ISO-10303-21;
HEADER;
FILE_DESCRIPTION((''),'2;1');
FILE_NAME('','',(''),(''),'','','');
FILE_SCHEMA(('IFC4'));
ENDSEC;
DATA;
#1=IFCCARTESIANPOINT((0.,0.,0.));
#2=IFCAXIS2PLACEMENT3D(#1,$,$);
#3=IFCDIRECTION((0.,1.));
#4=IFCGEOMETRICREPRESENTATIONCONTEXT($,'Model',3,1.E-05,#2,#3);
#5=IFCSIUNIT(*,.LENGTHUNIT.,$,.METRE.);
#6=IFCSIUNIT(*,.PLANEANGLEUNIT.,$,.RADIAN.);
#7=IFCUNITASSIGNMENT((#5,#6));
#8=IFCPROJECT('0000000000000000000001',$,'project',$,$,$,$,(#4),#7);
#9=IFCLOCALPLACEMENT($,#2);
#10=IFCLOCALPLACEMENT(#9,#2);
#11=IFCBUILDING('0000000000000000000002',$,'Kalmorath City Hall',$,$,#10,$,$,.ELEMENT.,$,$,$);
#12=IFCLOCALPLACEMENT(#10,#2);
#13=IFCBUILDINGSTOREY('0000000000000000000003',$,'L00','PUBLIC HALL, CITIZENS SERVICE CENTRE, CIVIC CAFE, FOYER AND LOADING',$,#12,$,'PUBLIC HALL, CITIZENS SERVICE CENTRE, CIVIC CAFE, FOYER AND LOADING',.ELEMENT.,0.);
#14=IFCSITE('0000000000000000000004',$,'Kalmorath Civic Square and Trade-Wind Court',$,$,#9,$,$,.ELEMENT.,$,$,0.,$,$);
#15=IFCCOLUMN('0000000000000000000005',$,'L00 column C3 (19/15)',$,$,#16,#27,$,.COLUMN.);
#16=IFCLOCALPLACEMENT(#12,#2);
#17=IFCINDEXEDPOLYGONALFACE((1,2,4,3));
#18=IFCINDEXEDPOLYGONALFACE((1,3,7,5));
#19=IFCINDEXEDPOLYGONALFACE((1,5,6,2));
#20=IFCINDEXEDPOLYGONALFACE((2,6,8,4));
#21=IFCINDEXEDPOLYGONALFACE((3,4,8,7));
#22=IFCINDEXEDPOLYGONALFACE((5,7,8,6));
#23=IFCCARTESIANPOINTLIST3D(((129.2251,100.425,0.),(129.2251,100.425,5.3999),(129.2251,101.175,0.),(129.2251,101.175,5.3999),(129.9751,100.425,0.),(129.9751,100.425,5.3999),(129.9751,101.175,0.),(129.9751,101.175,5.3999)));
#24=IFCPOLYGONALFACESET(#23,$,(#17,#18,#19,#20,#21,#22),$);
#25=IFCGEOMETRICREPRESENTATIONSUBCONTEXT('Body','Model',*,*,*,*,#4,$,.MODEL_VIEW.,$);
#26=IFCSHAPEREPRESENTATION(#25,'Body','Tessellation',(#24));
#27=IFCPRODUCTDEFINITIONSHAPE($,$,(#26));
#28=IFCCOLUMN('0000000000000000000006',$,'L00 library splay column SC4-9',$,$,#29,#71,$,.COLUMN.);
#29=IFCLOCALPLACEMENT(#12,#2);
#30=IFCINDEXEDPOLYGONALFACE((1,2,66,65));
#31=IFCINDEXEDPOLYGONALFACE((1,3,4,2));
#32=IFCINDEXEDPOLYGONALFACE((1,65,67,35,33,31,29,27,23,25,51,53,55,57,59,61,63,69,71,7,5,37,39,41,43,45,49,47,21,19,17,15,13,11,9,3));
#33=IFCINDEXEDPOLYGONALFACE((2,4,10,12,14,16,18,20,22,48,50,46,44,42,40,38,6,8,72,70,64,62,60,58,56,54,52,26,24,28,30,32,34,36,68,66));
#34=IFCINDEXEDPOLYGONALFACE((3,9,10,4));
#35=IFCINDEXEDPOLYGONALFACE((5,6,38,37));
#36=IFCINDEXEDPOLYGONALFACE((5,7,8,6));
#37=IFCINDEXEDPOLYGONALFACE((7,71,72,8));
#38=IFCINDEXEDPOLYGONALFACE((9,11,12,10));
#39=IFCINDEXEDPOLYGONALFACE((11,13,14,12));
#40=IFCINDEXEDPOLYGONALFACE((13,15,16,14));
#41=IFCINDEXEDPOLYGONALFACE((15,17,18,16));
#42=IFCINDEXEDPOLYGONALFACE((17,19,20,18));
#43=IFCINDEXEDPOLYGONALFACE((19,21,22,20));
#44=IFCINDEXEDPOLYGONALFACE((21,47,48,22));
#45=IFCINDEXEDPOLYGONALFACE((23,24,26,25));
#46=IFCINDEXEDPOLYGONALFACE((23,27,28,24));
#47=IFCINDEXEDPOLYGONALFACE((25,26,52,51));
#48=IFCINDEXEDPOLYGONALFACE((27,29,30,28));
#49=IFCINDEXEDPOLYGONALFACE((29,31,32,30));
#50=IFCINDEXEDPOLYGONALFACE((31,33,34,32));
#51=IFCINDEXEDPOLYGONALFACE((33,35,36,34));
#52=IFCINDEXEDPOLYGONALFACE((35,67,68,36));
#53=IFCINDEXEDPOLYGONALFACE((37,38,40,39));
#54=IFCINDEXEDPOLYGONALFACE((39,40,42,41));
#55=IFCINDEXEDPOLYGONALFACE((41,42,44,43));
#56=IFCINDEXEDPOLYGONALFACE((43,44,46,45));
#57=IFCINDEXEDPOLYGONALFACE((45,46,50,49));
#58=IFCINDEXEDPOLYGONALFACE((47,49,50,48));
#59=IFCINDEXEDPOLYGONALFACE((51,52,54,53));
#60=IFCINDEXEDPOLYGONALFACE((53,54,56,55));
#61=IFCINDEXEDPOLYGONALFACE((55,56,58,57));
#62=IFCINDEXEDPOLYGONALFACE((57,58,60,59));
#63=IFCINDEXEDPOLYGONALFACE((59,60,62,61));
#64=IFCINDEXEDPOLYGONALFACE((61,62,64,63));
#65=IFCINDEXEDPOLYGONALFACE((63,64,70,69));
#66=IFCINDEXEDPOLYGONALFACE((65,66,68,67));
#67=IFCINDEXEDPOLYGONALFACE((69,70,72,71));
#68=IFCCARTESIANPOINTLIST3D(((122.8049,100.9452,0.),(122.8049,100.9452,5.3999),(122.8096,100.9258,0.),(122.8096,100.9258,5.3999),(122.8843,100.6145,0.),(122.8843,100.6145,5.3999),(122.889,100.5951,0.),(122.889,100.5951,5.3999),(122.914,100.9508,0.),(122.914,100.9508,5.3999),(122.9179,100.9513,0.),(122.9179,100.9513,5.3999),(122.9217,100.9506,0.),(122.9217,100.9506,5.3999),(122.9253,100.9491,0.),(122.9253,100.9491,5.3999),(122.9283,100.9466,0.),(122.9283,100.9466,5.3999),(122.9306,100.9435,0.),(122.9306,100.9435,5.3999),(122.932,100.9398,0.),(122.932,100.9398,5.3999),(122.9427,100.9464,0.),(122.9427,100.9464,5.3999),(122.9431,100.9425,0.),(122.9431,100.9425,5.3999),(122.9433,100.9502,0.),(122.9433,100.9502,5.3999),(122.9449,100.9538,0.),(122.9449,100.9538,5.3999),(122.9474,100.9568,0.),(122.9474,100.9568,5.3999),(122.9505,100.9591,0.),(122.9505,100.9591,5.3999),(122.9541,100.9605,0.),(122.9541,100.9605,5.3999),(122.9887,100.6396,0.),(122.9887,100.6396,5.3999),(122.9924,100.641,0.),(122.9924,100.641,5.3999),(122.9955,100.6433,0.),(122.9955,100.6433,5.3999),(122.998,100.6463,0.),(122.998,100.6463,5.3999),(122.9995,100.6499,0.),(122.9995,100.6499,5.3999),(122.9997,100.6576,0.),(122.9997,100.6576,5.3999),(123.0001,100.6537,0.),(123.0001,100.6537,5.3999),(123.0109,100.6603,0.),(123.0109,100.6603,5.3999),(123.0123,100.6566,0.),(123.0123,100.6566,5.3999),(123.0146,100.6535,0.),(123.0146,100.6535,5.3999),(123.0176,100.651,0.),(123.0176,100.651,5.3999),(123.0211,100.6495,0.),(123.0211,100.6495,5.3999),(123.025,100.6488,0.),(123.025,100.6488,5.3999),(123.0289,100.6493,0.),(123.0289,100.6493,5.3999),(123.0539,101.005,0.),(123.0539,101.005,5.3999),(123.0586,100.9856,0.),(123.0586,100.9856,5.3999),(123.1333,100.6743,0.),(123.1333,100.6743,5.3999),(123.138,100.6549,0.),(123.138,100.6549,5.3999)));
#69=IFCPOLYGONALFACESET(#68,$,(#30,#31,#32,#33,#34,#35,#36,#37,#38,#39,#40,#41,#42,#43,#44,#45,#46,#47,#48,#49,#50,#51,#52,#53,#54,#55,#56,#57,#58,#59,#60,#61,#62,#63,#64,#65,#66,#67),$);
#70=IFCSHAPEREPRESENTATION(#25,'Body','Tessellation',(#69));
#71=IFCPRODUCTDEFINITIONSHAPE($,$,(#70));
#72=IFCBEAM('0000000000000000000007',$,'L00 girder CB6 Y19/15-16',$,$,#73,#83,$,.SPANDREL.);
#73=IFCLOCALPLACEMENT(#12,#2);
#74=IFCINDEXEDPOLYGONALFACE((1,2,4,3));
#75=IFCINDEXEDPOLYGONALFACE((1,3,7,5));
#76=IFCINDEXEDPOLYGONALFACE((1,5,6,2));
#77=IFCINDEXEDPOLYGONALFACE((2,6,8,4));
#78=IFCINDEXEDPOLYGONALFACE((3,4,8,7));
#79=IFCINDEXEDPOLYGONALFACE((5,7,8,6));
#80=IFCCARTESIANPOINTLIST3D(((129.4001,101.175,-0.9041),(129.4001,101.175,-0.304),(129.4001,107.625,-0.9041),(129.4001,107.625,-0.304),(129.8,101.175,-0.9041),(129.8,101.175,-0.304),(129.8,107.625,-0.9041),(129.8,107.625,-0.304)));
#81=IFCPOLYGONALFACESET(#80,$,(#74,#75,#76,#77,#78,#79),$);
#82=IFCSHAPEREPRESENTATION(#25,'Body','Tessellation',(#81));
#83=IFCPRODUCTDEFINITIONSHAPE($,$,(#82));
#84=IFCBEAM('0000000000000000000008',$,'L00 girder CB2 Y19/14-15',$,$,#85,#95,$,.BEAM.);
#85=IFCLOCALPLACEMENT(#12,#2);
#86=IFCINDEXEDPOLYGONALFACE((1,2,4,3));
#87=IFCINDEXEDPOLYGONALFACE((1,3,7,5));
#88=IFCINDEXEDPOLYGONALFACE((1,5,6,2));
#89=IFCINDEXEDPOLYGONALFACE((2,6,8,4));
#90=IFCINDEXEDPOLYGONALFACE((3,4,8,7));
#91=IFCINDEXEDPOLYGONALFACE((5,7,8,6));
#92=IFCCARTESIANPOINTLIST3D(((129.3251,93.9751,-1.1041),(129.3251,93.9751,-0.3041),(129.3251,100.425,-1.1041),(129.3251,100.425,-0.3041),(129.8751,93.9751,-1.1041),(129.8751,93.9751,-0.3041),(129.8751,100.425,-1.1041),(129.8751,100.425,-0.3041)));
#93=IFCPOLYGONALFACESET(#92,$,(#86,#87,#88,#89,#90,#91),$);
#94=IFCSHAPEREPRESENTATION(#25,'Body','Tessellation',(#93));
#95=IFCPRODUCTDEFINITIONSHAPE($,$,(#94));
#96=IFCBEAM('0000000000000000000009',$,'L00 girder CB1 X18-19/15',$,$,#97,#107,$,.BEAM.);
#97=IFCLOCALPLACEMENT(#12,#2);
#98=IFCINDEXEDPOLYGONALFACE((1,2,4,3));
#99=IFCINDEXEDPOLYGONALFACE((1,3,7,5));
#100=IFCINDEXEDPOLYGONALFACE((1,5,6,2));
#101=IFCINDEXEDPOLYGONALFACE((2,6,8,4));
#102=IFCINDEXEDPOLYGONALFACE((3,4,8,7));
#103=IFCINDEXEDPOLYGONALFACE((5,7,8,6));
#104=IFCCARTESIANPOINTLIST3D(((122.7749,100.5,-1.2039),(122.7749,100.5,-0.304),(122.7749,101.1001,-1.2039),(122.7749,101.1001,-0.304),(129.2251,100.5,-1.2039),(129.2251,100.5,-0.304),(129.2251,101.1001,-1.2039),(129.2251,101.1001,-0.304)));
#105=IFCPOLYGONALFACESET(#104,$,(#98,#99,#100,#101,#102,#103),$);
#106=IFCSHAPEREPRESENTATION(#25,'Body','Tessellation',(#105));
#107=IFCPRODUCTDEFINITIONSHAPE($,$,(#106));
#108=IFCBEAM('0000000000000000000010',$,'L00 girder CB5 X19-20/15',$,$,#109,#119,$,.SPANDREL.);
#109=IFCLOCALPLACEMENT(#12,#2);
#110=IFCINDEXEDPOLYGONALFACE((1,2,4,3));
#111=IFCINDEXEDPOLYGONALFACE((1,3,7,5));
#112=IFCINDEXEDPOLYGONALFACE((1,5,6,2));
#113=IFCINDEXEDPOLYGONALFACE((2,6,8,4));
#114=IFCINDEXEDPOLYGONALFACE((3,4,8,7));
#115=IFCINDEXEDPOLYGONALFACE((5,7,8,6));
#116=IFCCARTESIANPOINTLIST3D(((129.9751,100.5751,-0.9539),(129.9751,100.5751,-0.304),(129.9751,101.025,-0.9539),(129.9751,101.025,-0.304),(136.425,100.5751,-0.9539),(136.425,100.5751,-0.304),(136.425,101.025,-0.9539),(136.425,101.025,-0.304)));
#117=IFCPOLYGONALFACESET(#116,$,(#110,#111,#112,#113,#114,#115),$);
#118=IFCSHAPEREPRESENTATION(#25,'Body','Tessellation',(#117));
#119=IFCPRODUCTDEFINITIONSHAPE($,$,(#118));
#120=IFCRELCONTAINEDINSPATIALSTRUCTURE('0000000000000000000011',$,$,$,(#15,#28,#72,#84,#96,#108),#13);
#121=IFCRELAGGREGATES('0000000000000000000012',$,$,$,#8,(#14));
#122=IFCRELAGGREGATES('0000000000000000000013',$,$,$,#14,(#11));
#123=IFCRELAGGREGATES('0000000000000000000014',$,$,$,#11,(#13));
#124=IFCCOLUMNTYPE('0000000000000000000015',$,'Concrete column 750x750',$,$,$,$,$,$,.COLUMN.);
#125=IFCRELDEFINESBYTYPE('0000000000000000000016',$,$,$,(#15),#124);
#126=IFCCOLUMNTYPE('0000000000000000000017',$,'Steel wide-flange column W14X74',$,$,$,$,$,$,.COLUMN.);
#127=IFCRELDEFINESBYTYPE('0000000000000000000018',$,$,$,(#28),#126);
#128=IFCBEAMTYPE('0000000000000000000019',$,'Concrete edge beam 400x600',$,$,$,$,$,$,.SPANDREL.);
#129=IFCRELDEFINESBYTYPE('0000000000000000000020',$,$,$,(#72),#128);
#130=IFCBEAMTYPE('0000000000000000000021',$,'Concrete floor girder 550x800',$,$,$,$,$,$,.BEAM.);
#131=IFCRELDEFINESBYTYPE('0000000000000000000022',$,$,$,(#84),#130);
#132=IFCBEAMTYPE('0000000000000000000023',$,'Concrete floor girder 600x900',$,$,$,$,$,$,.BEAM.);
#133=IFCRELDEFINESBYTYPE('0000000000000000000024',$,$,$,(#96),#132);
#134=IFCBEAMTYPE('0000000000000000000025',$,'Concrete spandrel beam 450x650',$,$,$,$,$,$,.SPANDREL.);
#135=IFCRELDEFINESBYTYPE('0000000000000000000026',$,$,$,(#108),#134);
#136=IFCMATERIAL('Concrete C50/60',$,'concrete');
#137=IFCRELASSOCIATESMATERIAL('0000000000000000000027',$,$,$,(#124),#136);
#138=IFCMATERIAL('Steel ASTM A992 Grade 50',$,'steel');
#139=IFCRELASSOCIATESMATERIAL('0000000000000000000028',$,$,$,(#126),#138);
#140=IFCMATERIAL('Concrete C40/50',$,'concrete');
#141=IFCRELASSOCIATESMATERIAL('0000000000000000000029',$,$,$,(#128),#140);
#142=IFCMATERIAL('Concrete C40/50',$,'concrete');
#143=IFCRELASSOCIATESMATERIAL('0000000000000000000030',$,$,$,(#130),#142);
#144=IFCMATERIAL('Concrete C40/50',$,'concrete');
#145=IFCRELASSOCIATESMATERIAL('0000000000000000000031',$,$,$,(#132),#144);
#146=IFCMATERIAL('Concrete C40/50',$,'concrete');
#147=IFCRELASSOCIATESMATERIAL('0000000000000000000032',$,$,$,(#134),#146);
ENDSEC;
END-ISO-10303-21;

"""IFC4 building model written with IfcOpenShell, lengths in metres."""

from ifc_helpers import new_model, si_unit, direction, frame, origin, origin_2d, place, context, subcontext, project, spatial, rectangle, i_section, extrude, material, material_profile, profile_set, type_object, element, save


model = new_model("IFC4")

# Units and contexts
model_context = context("Model", 3, precision=1e-05, world=origin(), true_north=direction((0.0, 1.0)))
body_context = subcontext(model_context, "Body", "Model", "MODEL_VIEW")
ifc_project = project(units=[si_unit("LENGTHUNIT", "METRE"), si_unit("PLANEANGLEUNIT", "RADIAN")], contexts=[model_context])

# Site, building, storey
site_placement = place(None, origin())
site = spatial("IfcSite", under=ifc_project, at=site_placement, Name="Kalmorath Civic Square and Trade-Wind Court", CompositionType="ELEMENT", RefElevation=0.0)
building_placement = place(site_placement, origin())
building = spatial("IfcBuilding", under=site, at=building_placement, Name="Kalmorath City Hall", CompositionType="ELEMENT")
storey_placement = place(building_placement, origin())
storey = spatial("IfcBuildingStorey", under=building, at=storey_placement, Name="L00", Description="PUBLIC HALL, CITIZENS SERVICE CENTRE, CIVIC CAFE, FOYER AND LOADING", LongName="PUBLIC HALL, CITIZENS SERVICE CENTRE, CIVIC CAFE, FOYER AND LOADING", CompositionType="ELEMENT", Elevation=0.0)

# Columns
ifc_material_1 = material(Name="Concrete C50/60", Category="concrete")
ifc_material_profile_1 = material_profile(ifc_material_1, rectangle(XDim=0.75, YDim=0.75, at=origin_2d()), Name="RC-COL-750X750")
ifc_profile_set_1 = profile_set([ifc_material_profile_1], Name="Concrete C50/60")
column_type_1 = type_object("IfcColumnType", Name="Concrete column 750x750", PredefinedType="COLUMN", material=ifc_profile_set_1)
column_1_placement = place(storey_placement, frame((129.6001, 100.8, 0.0), z_axis=(0.0, 0.0, 1.0), x_axis=(1.0, 0.0, 0.0)))
element("IfcColumn", 1, at=column_1_placement, inside=storey, type_object=column_type_1, Name="L00 column C3 (19/15)", PredefinedType="COLUMN", context=body_context, shape_type="SweptSolid", body=[
    extrude(rectangle(XDim=0.75, YDim=0.75, at=origin_2d()), origin(), (0.0, 0.0, 1.0), 5.3999),
])
ifc_material_2 = material(Name="Steel ASTM A992 Grade 50", Category="steel")
ifc_material_profile_2 = material_profile(ifc_material_2, i_section(OverallWidth=0.2561, OverallDepth=0.3601, WebThickness=0.0115, FlangeThickness=0.02, FilletRadius=0.0149, at=origin_2d()), Name="W14X74")
ifc_profile_set_2 = profile_set([ifc_material_profile_2], Name="Steel ASTM A992 Grade 50")
column_type_2 = type_object("IfcColumnType", Name="Steel wide-flange column W14X74", PredefinedType="COLUMN", material=ifc_profile_set_2)
column_2_placement = place(storey_placement, frame((122.9714, 100.8, 0.0), z_axis=(0.0, 0.0, 1.0), x_axis=(0.97237, 0.233445, 0.0)))
element("IfcColumn", 2, at=column_2_placement, inside=storey, type_object=column_type_2, Name="L00 library splay column SC4-9", PredefinedType="COLUMN", context=body_context, shape_type="SweptSolid", body=[
    extrude(i_section(OverallWidth=0.2561, OverallDepth=0.3601, WebThickness=0.0115, FlangeThickness=0.02, FilletRadius=0.0149, at=origin_2d()), origin(), (0.0, 0.0, 1.0), 5.3999),
])

# Beams
ifc_material_3 = material(Name="Concrete C40/50", Category="concrete")
ifc_material_profile_3 = material_profile(ifc_material_3, rectangle(XDim=0.3999, YDim=0.6001, at=origin_2d()), Name="RC-BM-400X600")
ifc_profile_set_3 = profile_set([ifc_material_profile_3], Name="Concrete C40/50")
beam_type_1 = type_object("IfcBeamType", Name="Concrete edge beam 400x600", PredefinedType="SPANDREL", material=ifc_profile_set_3)
beam_1_placement = place(storey_placement, frame((129.6001, 101.175, -0.604), z_axis=(0.0, 1.0, 0.0), x_axis=(-1.0, 0.0, 0.0)))
element("IfcBeam", 3, at=beam_1_placement, inside=storey, type_object=beam_type_1, Name="L00 girder CB6 Y19/15-16", PredefinedType="SPANDREL", context=body_context, shape_type="SweptSolid", body=[
    extrude(rectangle(XDim=0.3999, YDim=0.6001, at=origin_2d()), origin(), (0.0, 0.0, 1.0), 6.45),
])
ifc_material_4 = material(Name="Concrete C40/50", Category="concrete")
ifc_material_profile_4 = material_profile(ifc_material_4, rectangle(XDim=0.55, YDim=0.8, at=origin_2d()), Name="RC-BM-550X800")
ifc_profile_set_4 = profile_set([ifc_material_profile_4], Name="Concrete C40/50")
beam_type_2 = type_object("IfcBeamType", Name="Concrete floor girder 550x800", PredefinedType="BEAM", material=ifc_profile_set_4)
beam_2_placement = place(storey_placement, frame((129.6001, 93.9751, -0.7041), z_axis=(0.0, 1.0, 0.0), x_axis=(-1.0, 0.0, 0.0)))
element("IfcBeam", 4, at=beam_2_placement, inside=storey, type_object=beam_type_2, Name="L00 girder CB2 Y19/14-15", PredefinedType="BEAM", context=body_context, shape_type="SweptSolid", body=[
    extrude(rectangle(XDim=0.55, YDim=0.8, at=origin_2d()), origin(), (0.0, 0.0, 1.0), 6.45),
])
ifc_material_5 = material(Name="Concrete C40/50", Category="concrete")
ifc_material_profile_5 = material_profile(ifc_material_5, rectangle(XDim=0.6001, YDim=0.8999, at=origin_2d()), Name="RC-BM-600X900")
ifc_profile_set_5 = profile_set([ifc_material_profile_5], Name="Concrete C40/50")
beam_type_3 = type_object("IfcBeamType", Name="Concrete floor girder 600x900", PredefinedType="BEAM", material=ifc_profile_set_5)
beam_3_placement = place(storey_placement, frame((122.7749, 100.8, -0.7539), z_axis=(1.0, 0.0, 0.0), x_axis=(0.0, 1.0, 0.0)))
element("IfcBeam", 5, at=beam_3_placement, inside=storey, type_object=beam_type_3, Name="L00 girder CB1 X18-19/15", PredefinedType="BEAM", context=body_context, shape_type="SweptSolid", body=[
    extrude(rectangle(XDim=0.6001, YDim=0.8999, at=origin_2d()), origin(), (0.0, 0.0, 1.0), 6.4502),
])
ifc_material_6 = material(Name="Concrete C40/50", Category="concrete")
ifc_material_profile_6 = material_profile(ifc_material_6, rectangle(XDim=0.45, YDim=0.6499, at=origin_2d()), Name="RC-BM-450X650")
ifc_profile_set_6 = profile_set([ifc_material_profile_6], Name="Concrete C40/50")
beam_type_4 = type_object("IfcBeamType", Name="Concrete spandrel beam 450x650", PredefinedType="SPANDREL", material=ifc_profile_set_6)
beam_4_placement = place(storey_placement, frame((129.9751, 100.8, -0.6289), z_axis=(1.0, 0.0, 0.0), x_axis=(0.0, 1.0, 0.0)))
element("IfcBeam", 6, at=beam_4_placement, inside=storey, type_object=beam_type_4, Name="L00 girder CB5 X19-20/15", PredefinedType="SPANDREL", context=body_context, shape_type="SweptSolid", body=[
    extrude(rectangle(XDim=0.45, YDim=0.6499, at=origin_2d()), origin(), (0.0, 0.0, 1.0), 6.45),
])

save(model, "model.ifc")
